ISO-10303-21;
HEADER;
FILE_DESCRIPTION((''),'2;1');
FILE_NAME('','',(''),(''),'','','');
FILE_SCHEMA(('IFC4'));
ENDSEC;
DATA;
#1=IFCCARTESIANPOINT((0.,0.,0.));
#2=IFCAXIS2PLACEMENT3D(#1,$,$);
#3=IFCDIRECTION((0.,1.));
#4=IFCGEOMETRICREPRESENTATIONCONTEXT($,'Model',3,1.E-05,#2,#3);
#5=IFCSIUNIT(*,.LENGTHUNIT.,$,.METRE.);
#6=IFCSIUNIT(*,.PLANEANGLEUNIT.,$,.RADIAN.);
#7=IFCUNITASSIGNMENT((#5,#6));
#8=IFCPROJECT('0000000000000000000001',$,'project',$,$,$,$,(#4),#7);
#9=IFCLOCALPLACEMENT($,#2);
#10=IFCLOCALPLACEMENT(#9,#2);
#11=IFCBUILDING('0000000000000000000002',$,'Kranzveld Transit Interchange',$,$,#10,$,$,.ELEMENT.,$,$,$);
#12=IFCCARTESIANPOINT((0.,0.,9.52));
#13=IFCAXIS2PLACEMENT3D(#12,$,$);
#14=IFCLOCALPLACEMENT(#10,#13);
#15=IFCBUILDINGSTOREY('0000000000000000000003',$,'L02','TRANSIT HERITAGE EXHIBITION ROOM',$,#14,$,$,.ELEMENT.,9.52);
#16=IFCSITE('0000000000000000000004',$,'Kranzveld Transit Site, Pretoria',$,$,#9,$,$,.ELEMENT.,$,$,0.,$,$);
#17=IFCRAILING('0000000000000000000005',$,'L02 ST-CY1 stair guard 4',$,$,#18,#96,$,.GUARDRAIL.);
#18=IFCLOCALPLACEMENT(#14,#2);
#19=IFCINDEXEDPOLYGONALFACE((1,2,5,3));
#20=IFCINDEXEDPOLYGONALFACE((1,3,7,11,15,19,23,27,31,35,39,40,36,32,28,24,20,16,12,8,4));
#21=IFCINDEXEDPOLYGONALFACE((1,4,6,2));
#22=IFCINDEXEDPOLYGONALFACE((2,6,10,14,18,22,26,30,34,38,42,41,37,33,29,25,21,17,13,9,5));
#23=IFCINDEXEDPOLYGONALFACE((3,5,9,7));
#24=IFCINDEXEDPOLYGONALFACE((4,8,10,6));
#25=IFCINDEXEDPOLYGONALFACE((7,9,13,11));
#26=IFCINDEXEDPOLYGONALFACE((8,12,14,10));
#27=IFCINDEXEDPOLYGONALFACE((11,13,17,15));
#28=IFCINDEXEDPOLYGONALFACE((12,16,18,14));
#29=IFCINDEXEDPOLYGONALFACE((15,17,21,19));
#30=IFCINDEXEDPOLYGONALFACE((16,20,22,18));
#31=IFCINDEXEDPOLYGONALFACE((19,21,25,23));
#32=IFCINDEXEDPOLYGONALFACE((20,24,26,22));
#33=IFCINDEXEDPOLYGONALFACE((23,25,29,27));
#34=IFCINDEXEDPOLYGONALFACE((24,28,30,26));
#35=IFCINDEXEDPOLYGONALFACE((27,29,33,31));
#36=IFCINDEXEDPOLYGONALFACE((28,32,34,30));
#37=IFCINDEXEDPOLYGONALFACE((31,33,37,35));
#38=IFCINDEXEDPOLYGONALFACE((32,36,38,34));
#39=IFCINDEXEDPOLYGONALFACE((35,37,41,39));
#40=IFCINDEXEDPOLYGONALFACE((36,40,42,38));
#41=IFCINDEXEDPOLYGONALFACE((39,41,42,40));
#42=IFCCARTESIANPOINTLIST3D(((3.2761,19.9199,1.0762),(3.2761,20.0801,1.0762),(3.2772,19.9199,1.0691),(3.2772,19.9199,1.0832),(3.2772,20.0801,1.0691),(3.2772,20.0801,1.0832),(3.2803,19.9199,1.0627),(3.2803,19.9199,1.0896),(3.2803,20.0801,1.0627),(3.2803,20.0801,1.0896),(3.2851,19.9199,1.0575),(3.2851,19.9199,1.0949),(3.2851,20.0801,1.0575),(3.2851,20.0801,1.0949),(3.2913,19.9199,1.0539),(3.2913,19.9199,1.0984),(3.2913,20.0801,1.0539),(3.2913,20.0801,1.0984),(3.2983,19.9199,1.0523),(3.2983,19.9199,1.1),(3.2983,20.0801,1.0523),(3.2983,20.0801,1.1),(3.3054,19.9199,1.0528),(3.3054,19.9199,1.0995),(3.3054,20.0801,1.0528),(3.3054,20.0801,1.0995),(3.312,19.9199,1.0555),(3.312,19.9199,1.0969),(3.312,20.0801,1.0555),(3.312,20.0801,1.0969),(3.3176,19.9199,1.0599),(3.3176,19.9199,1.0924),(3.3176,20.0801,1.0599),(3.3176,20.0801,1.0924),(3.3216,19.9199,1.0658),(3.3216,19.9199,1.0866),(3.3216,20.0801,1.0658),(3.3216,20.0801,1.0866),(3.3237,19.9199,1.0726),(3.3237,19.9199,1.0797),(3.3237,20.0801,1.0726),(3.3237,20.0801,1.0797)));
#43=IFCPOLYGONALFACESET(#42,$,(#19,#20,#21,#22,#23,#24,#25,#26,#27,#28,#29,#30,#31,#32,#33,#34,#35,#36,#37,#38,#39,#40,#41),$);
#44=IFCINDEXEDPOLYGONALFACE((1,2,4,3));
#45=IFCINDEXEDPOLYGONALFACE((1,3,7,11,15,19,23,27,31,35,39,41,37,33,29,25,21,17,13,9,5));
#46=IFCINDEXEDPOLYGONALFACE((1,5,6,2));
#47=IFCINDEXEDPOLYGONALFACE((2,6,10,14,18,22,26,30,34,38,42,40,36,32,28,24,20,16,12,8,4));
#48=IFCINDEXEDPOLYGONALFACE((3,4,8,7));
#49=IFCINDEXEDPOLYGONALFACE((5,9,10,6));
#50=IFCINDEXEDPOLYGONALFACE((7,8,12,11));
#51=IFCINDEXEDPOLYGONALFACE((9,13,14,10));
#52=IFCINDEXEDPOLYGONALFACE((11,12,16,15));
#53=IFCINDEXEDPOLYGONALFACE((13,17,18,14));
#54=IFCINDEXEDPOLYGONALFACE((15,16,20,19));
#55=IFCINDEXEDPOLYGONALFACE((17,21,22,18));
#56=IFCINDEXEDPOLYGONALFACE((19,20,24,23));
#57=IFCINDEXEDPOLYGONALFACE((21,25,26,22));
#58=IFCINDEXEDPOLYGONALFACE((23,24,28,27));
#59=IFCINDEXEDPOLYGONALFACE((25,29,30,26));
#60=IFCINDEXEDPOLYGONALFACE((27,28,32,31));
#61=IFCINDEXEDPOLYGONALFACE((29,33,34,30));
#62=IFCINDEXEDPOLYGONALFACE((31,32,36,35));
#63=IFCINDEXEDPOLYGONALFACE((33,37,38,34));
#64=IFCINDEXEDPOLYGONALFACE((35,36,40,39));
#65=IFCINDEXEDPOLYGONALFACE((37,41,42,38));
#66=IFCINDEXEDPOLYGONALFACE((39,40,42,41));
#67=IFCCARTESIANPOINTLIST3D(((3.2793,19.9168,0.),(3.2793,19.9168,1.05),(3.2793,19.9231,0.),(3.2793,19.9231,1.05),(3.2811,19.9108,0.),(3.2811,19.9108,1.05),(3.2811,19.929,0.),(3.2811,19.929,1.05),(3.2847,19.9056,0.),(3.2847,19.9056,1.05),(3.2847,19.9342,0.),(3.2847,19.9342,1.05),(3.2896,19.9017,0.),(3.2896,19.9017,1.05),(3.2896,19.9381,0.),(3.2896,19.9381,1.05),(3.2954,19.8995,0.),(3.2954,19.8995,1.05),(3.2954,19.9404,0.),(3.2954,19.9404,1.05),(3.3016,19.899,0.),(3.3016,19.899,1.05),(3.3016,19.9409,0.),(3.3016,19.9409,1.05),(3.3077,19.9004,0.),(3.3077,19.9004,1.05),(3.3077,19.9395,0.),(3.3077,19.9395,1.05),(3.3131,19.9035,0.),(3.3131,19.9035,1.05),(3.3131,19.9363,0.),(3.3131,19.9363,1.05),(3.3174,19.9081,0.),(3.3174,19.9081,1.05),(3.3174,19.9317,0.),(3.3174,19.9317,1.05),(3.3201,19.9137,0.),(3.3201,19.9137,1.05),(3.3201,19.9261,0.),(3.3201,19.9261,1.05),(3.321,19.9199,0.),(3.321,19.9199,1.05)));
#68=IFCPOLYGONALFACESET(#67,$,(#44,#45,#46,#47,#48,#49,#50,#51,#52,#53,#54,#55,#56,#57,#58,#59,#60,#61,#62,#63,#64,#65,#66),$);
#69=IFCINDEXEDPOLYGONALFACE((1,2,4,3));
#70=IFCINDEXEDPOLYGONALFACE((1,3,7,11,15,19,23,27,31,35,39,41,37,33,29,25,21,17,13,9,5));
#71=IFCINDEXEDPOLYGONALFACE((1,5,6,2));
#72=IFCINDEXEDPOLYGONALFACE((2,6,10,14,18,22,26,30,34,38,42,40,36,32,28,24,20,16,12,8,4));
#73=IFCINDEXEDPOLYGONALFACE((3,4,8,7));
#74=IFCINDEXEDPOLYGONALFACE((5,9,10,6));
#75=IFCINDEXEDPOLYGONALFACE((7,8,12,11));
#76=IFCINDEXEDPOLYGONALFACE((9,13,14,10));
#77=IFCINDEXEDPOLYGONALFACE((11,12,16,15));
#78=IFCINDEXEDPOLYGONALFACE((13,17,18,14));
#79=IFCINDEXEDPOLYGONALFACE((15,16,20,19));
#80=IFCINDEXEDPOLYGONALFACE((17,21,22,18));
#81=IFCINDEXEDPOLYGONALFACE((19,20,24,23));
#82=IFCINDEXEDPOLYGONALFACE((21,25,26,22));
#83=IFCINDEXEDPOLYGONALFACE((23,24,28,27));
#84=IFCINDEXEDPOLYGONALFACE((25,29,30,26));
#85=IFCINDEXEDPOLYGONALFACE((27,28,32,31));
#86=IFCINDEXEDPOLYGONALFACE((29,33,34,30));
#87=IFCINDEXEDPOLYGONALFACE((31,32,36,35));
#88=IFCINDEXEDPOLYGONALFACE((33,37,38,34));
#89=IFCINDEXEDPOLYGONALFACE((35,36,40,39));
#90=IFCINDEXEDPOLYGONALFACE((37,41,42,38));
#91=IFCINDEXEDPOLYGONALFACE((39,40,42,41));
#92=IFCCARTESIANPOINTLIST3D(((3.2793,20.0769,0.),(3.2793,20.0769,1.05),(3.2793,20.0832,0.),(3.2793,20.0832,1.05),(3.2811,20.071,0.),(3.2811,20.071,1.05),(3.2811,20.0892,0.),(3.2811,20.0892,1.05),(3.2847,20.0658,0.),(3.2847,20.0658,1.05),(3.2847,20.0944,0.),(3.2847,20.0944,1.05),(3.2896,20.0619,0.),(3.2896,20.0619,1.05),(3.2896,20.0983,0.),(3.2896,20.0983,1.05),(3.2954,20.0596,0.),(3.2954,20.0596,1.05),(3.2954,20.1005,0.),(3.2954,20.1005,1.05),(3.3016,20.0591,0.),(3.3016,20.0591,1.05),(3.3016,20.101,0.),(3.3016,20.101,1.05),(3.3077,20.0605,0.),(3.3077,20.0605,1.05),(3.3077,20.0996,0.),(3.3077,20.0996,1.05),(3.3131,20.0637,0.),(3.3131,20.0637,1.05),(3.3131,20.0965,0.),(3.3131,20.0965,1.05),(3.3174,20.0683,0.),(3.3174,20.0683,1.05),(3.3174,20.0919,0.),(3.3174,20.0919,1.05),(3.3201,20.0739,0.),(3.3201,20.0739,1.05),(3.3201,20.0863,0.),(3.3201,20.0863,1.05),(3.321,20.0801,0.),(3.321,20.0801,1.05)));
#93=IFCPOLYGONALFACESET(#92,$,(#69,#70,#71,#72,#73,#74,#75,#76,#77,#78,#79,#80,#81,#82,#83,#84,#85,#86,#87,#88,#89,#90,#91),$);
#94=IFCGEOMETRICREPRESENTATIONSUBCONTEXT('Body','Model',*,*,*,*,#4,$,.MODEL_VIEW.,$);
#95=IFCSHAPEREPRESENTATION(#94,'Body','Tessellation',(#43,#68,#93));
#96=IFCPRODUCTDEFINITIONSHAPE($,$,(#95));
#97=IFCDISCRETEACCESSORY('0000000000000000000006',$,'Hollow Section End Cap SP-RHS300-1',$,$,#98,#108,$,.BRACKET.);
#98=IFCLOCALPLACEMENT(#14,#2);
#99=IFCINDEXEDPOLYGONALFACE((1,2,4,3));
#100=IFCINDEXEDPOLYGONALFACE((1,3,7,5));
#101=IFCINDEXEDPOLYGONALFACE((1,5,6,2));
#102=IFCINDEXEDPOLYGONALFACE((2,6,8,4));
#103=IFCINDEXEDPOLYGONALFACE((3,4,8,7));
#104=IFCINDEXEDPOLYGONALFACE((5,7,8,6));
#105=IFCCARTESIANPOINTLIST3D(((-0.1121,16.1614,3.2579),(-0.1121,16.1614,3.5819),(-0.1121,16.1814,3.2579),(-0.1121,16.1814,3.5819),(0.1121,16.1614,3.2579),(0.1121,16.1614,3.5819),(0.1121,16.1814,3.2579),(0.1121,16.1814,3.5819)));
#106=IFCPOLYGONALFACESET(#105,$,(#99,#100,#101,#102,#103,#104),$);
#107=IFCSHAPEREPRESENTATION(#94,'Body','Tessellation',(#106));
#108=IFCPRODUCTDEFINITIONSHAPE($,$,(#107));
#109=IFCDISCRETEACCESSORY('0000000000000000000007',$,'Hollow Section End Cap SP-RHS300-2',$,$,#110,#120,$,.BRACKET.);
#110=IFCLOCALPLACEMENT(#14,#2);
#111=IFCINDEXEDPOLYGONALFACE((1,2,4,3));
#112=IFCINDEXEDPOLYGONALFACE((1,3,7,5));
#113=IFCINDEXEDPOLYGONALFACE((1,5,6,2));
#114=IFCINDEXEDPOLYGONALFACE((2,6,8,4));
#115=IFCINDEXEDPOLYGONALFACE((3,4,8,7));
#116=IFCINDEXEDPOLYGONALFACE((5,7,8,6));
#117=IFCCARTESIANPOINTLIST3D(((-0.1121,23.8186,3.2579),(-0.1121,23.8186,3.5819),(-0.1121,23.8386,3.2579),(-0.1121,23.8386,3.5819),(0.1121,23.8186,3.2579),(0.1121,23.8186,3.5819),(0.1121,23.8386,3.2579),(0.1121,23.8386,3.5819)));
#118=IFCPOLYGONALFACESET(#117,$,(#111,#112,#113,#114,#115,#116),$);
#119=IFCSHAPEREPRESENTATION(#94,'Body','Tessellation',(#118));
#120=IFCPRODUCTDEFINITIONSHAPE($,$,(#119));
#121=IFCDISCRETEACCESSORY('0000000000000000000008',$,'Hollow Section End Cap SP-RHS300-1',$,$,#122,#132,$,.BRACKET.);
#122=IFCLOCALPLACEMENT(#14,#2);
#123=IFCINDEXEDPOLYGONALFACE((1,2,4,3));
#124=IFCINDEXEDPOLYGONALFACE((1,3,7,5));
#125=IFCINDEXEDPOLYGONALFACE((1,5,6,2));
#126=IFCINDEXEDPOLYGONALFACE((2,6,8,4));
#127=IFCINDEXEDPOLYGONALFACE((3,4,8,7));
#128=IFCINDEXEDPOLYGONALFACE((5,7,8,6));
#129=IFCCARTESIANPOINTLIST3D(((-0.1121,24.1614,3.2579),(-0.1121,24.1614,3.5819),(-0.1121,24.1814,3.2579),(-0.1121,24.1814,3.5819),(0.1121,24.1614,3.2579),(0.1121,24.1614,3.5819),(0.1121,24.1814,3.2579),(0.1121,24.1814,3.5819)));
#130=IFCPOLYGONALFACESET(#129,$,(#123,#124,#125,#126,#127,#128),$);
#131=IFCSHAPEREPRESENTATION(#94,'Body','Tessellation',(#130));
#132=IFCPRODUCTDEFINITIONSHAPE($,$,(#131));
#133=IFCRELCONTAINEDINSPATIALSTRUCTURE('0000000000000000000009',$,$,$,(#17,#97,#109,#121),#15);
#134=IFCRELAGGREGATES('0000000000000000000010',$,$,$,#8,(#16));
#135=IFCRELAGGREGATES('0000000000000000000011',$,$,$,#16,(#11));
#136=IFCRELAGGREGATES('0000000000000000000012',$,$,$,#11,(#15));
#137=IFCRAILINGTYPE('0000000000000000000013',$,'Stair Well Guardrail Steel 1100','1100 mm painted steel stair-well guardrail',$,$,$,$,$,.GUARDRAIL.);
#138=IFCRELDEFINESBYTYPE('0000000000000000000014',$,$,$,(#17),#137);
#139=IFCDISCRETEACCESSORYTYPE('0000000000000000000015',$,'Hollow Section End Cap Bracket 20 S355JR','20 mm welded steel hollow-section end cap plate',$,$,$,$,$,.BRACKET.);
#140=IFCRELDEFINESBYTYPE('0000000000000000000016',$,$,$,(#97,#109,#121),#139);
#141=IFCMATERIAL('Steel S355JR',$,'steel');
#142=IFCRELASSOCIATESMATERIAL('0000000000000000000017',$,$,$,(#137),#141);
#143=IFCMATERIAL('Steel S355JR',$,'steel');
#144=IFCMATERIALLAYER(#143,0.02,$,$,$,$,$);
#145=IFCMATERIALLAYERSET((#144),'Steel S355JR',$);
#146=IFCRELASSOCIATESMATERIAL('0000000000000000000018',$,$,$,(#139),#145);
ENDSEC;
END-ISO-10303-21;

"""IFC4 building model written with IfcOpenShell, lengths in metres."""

from ifc_helpers import new_model, si_unit, direction, frame, origin, origin_2d, place, context, subcontext, project, spatial, rectangle, circle, extrude, material, layer, layer_set, type_object, element, save


model = new_model("IFC4")

# Units and contexts
model_context = context("Model", 3, precision=1e-05, world=origin(), true_north=direction((0.0, 1.0)))
body_context = subcontext(model_context, "Body", "Model", "MODEL_VIEW")
ifc_project = project(units=[si_unit("LENGTHUNIT", "METRE"), si_unit("PLANEANGLEUNIT", "RADIAN")], contexts=[model_context])

# Site, building, storey
site_placement = place(None, origin())
site = spatial("IfcSite", under=ifc_project, at=site_placement, Name="Kranzveld Transit Site, Pretoria", CompositionType="ELEMENT", RefElevation=0.0)
building_placement = place(site_placement, origin())
building = spatial("IfcBuilding", under=site, at=building_placement, Name="Kranzveld Transit Interchange", CompositionType="ELEMENT")
storey_placement = place(building_placement, frame((0.0, 0.0, 9.52)))
storey = spatial("IfcBuildingStorey", under=building, at=storey_placement, Name="L02", Description="TRANSIT HERITAGE EXHIBITION ROOM", CompositionType="ELEMENT", Elevation=9.52)

# Railing
ifc_material_1 = material(Name="Steel S355JR", Category="steel")
railing_type_1 = type_object("IfcRailingType", Name="Stair Well Guardrail Steel 1100", Description="1100 mm painted steel stair-well guardrail", PredefinedType="GUARDRAIL", material=ifc_material_1)
railing_1_placement = place(storey_placement, frame((3.3, 19.9199, 0.0)))
element("IfcRailing", 1, at=railing_1_placement, inside=storey, type_object=railing_type_1, Name="L02 ST-CY1 stair guard 4", PredefinedType="GUARDRAIL", context=body_context, shape_type="SweptSolid", body=[
    extrude(circle(Radius=0.0239, at=origin_2d()), frame((0.0, 0.0, 1.0762), z_axis=(0.0, 1.0, 0.0), x_axis=(-1.0, 0.0, 0.0)), (0.0, 0.0, 1.0), 0.1602),
    extrude(circle(Radius=0.021, at=origin_2d()), origin(), (0.0, 0.0, 1.0), 1.05),
    extrude(circle(Radius=0.021, at=origin_2d()), frame((0.0, 0.1602, 0.0)), (0.0, 0.0, 1.0), 1.05),
])

# Discrete accessories
ifc_material_2 = material(Name="Steel S355JR", Category="steel")
ifc_layer_1 = layer(ifc_material_2, 0.02)
ifc_layer_set_1 = layer_set([ifc_layer_1], Name="Steel S355JR")
discrete_accessory_type = type_object("IfcDiscreteAccessoryType", Name="Hollow Section End Cap Bracket 20 S355JR", Description="20 mm welded steel hollow-section end cap plate", PredefinedType="BRACKET", material=ifc_layer_set_1)
for number, where, z_axis, x_axis, name in (
    (2, (0.0, 16.1814, 3.4199), (0.0, -1.0, 0.0), (1.0, 0.0, 0.0), "Hollow Section End Cap SP-RHS300-1"),
    (3, (0.0, 23.8186, 3.4199), (0.0, 1.0, 0.0), (-1.0, 0.0, 0.0), "Hollow Section End Cap SP-RHS300-2"),
    (4, (0.0, 24.1814, 3.4199), (0.0, -1.0, 0.0), (1.0, 0.0, 0.0), "Hollow Section End Cap SP-RHS300-1"),
):
    element("IfcDiscreteAccessory", number, at=place(storey_placement, frame(where, z_axis=z_axis, x_axis=x_axis)), inside=storey, type_object=discrete_accessory_type, Name=name, PredefinedType="BRACKET", context=body_context, shape_type="SweptSolid", body=[
        extrude(rectangle(XDim=0.2241, YDim=0.324, at=origin_2d()), origin(), (0.0, 0.0, 1.0), 0.02),
    ])

save(model, "model.ifc")
